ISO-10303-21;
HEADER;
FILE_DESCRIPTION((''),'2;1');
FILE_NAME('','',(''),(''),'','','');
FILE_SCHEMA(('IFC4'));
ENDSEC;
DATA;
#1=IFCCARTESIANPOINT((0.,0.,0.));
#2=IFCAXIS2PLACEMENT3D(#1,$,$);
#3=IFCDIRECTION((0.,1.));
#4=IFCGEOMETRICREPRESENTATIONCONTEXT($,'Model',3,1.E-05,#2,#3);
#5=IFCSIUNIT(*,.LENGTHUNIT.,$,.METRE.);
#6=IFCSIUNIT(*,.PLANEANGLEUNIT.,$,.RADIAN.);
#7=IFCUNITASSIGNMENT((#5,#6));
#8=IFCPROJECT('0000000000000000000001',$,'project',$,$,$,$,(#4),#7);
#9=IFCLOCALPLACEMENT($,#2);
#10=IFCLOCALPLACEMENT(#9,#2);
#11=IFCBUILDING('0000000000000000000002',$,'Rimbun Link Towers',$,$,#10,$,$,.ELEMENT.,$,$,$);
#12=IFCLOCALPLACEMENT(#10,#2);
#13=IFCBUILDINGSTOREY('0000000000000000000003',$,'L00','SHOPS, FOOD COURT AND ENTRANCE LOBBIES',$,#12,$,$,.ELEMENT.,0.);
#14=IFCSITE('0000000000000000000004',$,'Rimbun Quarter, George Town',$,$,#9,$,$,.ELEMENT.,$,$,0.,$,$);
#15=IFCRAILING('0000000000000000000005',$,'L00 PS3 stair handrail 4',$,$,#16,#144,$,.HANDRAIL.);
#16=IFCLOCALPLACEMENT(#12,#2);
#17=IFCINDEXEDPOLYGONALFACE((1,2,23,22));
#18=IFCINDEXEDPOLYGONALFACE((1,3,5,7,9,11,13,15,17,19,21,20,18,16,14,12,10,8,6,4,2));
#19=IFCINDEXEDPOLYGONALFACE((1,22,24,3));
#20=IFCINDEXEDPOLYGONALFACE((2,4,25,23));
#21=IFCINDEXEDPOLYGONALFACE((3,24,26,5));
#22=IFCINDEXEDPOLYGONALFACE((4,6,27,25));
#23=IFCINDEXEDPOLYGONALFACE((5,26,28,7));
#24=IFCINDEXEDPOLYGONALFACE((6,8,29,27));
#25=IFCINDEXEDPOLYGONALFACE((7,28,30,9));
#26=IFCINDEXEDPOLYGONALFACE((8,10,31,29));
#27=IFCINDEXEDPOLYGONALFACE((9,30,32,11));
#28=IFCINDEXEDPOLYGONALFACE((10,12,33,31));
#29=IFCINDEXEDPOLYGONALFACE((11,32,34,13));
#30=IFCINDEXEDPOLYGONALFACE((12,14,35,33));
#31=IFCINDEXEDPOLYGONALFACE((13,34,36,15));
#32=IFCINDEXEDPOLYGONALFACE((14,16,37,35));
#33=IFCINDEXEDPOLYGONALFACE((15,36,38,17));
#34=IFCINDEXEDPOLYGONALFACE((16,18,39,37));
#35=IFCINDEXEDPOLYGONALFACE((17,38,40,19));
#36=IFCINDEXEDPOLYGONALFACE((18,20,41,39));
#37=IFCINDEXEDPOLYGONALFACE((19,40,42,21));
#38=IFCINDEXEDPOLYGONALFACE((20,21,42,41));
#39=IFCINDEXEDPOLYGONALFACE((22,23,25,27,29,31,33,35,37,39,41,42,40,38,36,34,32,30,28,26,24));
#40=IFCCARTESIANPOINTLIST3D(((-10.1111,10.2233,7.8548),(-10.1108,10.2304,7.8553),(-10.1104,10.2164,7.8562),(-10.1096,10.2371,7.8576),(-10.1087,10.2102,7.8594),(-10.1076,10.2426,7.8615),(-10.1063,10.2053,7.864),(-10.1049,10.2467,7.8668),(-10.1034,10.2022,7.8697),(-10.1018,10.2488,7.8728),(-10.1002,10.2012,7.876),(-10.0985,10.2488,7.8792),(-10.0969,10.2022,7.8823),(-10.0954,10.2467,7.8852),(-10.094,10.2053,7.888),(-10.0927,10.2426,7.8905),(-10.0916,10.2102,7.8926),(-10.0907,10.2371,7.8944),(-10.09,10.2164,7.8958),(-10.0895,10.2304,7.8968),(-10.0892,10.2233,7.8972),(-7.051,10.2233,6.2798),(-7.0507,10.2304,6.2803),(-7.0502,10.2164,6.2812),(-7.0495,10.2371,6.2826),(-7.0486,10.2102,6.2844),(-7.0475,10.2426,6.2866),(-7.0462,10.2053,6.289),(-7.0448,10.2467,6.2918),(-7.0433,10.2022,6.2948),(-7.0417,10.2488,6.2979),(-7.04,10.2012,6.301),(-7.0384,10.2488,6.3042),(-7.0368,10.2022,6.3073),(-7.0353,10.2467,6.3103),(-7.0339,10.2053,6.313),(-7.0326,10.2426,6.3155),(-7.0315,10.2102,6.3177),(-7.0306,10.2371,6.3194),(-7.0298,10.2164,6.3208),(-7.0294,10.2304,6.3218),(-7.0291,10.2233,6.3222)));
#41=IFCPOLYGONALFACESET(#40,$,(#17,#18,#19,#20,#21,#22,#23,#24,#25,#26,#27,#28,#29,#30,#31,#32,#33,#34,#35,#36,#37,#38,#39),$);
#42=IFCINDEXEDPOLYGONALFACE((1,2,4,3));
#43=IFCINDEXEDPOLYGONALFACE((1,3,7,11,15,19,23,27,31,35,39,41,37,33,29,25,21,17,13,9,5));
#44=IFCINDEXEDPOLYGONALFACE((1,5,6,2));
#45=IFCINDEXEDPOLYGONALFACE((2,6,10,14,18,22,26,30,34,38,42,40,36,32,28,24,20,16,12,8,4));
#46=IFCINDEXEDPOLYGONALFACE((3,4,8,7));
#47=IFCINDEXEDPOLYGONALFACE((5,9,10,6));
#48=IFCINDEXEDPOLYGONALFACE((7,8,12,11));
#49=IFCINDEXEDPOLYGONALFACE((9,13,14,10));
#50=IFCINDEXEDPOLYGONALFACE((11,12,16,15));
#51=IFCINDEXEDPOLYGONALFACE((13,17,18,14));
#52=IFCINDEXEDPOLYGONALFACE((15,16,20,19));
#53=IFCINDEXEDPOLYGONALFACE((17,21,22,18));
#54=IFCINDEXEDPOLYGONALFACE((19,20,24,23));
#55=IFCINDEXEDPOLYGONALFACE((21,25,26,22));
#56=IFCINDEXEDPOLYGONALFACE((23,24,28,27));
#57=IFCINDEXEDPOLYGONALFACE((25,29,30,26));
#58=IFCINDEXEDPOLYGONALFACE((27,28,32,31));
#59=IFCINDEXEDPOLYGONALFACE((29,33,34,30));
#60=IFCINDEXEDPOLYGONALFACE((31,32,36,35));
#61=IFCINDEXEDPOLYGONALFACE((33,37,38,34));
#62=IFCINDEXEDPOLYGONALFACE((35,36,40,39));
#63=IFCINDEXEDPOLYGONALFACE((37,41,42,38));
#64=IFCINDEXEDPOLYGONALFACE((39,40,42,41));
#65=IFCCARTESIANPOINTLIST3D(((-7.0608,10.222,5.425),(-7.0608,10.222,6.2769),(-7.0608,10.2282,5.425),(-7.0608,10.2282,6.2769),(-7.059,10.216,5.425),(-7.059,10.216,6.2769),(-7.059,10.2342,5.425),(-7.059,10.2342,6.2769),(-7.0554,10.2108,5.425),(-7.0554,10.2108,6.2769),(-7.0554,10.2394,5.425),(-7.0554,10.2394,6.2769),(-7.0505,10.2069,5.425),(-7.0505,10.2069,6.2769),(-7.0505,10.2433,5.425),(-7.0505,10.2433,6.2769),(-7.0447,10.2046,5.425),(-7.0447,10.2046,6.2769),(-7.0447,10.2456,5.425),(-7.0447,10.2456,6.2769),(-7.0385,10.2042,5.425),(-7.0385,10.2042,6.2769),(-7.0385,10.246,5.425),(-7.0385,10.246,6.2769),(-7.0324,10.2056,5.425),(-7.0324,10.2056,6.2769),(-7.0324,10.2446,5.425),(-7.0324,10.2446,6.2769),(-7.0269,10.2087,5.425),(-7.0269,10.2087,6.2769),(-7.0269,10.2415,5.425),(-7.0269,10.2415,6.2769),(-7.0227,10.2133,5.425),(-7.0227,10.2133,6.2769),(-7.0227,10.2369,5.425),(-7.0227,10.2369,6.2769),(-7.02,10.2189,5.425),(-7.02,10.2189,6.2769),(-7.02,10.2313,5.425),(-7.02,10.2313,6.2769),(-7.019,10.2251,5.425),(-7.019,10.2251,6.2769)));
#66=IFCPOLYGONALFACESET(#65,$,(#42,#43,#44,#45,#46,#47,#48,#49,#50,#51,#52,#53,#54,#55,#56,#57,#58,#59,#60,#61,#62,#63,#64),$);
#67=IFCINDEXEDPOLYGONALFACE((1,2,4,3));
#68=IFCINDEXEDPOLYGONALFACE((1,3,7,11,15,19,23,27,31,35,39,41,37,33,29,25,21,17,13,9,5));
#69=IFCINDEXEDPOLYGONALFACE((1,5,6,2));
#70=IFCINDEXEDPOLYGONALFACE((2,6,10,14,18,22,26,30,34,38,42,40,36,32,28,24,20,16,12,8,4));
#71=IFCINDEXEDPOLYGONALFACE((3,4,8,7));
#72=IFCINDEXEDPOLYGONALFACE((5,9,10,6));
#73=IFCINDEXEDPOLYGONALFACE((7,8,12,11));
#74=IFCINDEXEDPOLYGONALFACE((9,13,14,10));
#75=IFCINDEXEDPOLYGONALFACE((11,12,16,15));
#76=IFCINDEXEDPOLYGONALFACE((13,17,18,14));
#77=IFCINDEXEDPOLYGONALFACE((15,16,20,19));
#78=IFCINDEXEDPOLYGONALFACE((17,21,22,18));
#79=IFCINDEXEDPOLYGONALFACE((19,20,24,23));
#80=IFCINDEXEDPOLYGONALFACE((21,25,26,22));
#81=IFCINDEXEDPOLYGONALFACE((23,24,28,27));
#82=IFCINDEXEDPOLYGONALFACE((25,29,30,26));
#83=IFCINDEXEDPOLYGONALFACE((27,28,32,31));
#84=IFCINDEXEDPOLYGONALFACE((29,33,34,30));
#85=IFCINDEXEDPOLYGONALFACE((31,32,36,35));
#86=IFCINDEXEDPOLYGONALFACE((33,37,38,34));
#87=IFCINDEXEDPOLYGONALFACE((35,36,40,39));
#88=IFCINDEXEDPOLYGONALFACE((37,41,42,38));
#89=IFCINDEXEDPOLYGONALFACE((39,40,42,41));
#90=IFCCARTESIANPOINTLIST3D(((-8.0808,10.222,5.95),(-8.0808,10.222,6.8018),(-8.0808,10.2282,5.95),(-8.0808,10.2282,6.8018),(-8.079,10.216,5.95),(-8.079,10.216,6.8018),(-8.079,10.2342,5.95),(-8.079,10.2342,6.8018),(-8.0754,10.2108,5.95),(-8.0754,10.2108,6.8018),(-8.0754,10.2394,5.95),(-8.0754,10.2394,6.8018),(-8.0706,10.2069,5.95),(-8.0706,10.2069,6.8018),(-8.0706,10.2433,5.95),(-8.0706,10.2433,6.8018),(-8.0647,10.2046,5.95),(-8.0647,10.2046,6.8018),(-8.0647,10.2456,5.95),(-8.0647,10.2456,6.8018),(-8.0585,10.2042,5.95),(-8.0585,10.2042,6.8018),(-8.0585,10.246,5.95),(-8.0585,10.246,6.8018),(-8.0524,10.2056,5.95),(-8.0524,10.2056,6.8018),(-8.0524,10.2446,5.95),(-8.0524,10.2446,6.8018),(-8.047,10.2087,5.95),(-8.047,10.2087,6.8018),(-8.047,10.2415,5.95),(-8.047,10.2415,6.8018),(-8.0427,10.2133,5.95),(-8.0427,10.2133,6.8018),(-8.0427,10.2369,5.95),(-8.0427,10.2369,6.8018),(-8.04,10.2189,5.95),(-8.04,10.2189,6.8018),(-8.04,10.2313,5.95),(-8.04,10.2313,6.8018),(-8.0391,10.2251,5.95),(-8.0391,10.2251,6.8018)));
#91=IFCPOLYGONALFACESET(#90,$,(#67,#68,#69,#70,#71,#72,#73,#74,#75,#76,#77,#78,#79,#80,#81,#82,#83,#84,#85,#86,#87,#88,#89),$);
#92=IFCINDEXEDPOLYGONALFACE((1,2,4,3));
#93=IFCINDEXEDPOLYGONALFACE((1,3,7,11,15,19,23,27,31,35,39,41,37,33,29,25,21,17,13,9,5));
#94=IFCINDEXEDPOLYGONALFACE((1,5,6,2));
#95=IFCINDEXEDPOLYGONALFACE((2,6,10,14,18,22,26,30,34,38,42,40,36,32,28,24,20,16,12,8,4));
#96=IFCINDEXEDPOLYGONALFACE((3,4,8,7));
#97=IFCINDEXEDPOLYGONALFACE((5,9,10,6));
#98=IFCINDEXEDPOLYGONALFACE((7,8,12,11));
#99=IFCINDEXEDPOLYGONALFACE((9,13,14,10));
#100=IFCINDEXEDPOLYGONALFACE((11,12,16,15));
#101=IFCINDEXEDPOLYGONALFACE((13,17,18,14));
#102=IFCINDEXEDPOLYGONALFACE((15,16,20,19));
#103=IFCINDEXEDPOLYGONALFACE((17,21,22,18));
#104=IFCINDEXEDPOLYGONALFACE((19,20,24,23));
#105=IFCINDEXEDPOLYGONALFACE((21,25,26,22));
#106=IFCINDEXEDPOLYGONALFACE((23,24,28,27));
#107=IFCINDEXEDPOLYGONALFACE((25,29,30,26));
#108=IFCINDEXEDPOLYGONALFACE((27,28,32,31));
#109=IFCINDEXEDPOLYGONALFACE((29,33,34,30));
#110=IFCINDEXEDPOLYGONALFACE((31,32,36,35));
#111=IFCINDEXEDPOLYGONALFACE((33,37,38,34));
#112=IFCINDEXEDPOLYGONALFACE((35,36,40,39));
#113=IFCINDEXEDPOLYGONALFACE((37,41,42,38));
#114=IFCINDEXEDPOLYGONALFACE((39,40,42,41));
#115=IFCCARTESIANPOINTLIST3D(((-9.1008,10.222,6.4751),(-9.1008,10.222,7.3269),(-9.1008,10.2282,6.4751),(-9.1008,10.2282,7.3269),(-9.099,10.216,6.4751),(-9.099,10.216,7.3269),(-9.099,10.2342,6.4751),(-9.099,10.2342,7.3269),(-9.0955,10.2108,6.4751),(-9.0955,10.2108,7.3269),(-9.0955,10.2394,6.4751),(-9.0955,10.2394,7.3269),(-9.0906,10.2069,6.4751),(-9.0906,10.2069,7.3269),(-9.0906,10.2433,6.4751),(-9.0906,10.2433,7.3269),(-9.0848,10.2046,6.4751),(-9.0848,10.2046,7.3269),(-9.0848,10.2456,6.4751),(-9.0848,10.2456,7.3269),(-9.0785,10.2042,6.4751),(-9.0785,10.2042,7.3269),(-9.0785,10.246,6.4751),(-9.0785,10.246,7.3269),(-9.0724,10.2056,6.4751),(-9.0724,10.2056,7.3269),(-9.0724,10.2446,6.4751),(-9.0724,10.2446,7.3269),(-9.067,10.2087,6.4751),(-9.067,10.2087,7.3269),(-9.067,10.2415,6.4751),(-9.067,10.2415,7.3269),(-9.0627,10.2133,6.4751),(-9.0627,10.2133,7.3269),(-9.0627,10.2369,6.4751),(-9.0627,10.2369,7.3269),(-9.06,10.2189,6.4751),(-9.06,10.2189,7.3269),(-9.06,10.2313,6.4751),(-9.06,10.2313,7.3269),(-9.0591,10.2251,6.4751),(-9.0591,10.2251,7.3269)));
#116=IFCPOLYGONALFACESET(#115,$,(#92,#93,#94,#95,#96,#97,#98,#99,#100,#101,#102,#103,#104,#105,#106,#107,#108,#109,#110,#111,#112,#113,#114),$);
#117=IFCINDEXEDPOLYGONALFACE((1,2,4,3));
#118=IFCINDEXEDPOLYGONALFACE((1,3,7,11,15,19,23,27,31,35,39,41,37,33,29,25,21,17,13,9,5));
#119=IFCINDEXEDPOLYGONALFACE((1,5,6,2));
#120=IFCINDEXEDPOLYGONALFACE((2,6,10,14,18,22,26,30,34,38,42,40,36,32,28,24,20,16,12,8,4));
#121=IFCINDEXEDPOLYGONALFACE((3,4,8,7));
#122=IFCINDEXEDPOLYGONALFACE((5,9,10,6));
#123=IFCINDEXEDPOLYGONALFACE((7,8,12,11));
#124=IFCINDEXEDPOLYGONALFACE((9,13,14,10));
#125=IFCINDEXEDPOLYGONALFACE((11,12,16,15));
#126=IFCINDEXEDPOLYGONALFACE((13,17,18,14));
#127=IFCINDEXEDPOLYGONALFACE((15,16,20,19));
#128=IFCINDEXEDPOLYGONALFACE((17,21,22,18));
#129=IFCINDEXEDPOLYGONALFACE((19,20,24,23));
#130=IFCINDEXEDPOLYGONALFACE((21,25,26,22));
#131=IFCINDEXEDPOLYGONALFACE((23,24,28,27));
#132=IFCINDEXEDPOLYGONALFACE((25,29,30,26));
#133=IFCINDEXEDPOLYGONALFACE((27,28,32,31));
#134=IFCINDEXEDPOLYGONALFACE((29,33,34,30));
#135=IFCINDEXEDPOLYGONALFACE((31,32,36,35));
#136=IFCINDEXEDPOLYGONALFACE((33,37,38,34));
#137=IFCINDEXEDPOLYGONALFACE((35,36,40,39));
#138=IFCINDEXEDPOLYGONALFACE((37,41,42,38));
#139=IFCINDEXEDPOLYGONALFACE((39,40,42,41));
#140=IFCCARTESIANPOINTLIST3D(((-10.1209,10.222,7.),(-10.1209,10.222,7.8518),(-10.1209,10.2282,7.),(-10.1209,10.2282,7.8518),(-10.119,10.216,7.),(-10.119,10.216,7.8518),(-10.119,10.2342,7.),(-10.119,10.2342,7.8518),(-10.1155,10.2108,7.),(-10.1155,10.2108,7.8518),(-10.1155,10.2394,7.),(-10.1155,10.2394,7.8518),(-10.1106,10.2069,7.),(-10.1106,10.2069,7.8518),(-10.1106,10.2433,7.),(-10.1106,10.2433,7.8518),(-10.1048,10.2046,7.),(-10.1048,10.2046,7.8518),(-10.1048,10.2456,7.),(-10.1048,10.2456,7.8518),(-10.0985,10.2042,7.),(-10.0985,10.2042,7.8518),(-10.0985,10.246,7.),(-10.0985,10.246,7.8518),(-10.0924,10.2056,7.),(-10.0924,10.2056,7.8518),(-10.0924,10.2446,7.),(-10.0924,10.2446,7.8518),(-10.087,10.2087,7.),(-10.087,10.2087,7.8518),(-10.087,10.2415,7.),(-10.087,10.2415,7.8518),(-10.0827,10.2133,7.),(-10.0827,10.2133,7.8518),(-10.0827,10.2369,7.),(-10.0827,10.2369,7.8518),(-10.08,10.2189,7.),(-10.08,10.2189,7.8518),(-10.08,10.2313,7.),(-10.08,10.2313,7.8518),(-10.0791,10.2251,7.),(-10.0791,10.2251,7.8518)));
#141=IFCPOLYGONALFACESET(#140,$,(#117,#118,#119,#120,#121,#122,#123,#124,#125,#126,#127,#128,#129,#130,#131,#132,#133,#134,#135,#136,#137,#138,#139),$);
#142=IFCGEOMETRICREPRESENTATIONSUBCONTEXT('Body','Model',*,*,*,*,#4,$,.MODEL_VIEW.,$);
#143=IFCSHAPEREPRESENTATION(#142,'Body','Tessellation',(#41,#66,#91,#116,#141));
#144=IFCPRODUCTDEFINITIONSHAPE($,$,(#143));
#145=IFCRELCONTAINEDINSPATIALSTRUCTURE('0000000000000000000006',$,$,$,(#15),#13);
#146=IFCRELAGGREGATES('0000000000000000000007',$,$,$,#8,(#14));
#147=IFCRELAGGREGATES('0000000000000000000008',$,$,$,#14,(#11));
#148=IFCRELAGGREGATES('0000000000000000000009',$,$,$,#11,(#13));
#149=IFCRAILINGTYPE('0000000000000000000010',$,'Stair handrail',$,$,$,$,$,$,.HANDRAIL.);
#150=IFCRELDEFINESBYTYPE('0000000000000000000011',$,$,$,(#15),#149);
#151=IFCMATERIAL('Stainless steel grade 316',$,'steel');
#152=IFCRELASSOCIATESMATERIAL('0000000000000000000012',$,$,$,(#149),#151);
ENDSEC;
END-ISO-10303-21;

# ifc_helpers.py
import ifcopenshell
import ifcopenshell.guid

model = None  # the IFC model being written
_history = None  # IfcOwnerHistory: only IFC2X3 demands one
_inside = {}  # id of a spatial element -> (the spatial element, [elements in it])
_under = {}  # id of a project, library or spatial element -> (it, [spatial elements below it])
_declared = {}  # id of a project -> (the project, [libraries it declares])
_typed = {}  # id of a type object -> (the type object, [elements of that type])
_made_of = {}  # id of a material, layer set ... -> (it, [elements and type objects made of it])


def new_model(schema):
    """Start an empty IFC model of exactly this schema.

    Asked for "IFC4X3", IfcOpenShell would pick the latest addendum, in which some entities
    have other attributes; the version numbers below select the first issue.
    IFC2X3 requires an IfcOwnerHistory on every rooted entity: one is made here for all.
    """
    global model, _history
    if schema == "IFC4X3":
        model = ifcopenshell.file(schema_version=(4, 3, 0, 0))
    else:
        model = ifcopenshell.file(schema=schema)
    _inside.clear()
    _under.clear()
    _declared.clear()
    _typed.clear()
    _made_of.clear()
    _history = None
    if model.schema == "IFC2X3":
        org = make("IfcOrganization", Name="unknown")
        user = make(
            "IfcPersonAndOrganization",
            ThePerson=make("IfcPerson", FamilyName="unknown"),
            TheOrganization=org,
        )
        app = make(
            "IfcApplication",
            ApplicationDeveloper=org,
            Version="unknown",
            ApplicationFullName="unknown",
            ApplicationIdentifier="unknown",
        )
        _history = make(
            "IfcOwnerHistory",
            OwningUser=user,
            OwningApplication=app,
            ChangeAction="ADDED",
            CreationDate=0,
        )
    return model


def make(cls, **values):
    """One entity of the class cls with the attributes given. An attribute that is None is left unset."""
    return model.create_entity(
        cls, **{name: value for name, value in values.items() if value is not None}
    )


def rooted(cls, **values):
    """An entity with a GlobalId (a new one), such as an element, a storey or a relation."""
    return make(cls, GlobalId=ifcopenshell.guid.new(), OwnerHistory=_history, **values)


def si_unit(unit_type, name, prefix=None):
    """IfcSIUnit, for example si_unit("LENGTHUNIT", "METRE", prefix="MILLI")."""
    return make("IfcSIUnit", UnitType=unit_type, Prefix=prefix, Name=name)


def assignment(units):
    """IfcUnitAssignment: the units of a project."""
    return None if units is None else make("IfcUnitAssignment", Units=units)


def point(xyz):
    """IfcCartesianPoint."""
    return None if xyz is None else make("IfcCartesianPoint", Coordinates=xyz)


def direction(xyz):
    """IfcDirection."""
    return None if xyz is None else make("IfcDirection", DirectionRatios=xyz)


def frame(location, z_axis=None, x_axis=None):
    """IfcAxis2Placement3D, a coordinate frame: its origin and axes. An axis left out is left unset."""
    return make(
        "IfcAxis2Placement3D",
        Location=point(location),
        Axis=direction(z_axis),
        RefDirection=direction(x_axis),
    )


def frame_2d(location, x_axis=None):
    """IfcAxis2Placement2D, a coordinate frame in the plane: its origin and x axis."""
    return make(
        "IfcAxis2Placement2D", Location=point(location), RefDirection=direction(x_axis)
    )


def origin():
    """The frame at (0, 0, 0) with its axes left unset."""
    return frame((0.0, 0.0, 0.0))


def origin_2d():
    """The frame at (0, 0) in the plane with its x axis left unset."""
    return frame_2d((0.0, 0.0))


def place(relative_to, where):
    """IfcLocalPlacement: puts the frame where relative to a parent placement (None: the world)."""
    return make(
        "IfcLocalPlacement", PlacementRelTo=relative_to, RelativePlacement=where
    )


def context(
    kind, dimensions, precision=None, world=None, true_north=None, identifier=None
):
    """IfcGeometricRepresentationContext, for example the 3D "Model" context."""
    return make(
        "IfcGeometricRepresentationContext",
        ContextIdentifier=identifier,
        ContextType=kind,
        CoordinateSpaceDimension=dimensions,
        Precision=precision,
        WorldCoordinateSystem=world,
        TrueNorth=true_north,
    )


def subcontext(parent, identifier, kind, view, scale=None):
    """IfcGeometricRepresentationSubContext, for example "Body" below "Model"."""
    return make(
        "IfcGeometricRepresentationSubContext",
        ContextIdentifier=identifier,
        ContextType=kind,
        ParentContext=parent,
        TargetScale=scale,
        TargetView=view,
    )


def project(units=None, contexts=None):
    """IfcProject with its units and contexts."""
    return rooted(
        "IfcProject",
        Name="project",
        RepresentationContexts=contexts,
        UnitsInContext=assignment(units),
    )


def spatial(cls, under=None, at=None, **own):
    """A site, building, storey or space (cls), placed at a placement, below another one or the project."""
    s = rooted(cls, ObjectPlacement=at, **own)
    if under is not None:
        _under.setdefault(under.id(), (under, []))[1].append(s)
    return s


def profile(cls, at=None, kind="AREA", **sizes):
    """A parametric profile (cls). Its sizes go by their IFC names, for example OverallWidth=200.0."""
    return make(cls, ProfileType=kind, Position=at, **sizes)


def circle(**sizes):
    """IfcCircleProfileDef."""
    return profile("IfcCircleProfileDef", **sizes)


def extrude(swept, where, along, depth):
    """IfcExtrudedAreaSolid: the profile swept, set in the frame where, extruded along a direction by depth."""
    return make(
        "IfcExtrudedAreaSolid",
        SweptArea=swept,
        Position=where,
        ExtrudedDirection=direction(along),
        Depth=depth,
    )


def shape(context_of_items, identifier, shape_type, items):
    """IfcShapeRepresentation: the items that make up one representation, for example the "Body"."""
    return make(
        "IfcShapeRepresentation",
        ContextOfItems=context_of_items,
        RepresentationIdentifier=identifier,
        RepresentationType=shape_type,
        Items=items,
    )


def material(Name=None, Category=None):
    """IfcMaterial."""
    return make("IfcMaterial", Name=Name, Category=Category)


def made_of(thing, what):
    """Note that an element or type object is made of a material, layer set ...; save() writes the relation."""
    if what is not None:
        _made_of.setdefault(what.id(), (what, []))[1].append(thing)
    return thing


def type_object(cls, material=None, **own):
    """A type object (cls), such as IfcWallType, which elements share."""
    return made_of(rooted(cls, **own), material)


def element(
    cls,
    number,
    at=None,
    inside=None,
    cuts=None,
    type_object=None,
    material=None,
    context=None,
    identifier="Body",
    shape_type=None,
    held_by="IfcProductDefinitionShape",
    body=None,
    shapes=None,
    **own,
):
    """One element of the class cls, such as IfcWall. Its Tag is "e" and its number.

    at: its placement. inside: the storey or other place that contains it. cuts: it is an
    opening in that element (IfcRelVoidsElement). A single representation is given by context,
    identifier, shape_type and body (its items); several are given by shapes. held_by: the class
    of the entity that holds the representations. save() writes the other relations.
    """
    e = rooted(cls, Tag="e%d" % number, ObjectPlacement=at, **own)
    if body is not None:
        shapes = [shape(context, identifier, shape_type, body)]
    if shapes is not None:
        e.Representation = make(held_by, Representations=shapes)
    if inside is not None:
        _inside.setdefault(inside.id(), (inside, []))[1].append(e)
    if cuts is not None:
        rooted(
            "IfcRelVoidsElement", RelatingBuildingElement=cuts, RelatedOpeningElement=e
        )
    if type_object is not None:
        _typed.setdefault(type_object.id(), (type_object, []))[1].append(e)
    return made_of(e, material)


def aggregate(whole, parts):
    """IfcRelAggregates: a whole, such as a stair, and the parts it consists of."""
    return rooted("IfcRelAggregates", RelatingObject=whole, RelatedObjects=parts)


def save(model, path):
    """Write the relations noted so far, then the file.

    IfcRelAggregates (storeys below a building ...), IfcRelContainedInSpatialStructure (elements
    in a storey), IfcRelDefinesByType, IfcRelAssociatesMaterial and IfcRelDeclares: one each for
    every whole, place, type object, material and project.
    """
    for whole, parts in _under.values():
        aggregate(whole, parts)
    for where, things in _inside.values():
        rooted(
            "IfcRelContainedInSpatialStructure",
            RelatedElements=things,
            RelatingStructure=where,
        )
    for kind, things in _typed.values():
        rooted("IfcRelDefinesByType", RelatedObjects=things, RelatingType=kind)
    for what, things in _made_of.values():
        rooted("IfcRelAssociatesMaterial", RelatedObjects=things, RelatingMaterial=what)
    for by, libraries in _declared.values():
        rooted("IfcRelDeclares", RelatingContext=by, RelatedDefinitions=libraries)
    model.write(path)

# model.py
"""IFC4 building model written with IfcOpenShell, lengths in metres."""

from ifc_helpers import new_model, si_unit, direction, frame, origin, origin_2d, place, context, subcontext, project, spatial, circle, extrude, material, type_object, element, save


model = new_model("IFC4")

# Units and contexts
model_context = context("Model", 3, precision=1e-05, world=origin(), true_north=direction((0.0, 1.0)))
body_context = subcontext(model_context, "Body", "Model", "MODEL_VIEW")
ifc_project = project(units=[si_unit("LENGTHUNIT", "METRE"), si_unit("PLANEANGLEUNIT", "RADIAN")], contexts=[model_context])

# Site, building, storey
site_placement = place(None, origin())
site = spatial("IfcSite", under=ifc_project, at=site_placement, Name="Rimbun Quarter, George Town", CompositionType="ELEMENT", RefElevation=0.0)
building_placement = place(site_placement, origin())
building = spatial("IfcBuilding", under=site, at=building_placement, Name="Rimbun Link Towers", CompositionType="ELEMENT")
storey_placement = place(building_placement, origin())
storey = spatial("IfcBuildingStorey", under=building, at=storey_placement, Name="L00", Description="SHOPS, FOOD COURT AND ENTRANCE LOBBIES", CompositionType="ELEMENT", Elevation=0.0)

# Railing
ifc_material_1 = material(Name="Stainless steel grade 316", Category="steel")
railing_type = type_object("IfcRailingType", Name="Stair handrail", PredefinedType="HANDRAIL", material=ifc_material_1)
for number, where, name in (
    (1, (-7.04, 10.2251, 5.425), "L00 PS3 stair handrail 4"),
):
    element("IfcRailing", number, at=place(storey_placement, frame(where)), inside=storey, type_object=railing_type, Name=name, PredefinedType="HANDRAIL", context=body_context, shape_type="SweptSolid", body=[
        extrude(circle(Radius=0.0239, at=origin_2d()), frame((0.0, 0.0, 0.876), z_axis=(-0.889145, 0.0, 0.457625), x_axis=(0.0, -1.0, 0.0)), (0.0, 0.0, 1.0), 3.4417),
        extrude(circle(Radius=0.021, at=origin_2d()), origin(), (0.0, 0.0, 1.0), 0.8518),
        extrude(circle(Radius=0.021, at=origin_2d()), frame((-1.02, 0.0, 0.5249)), (0.0, 0.0, 1.0), 0.8518),
        extrude(circle(Radius=0.021, at=origin_2d()), frame((-2.04, 0.0, 1.05)), (0.0, 0.0, 1.0), 0.8518),
        extrude(circle(Radius=0.021, at=origin_2d()), frame((-3.0601, 0.0, 1.575)), (0.0, 0.0, 1.0), 0.8518),
    ])

save(model, "model.ifc")
